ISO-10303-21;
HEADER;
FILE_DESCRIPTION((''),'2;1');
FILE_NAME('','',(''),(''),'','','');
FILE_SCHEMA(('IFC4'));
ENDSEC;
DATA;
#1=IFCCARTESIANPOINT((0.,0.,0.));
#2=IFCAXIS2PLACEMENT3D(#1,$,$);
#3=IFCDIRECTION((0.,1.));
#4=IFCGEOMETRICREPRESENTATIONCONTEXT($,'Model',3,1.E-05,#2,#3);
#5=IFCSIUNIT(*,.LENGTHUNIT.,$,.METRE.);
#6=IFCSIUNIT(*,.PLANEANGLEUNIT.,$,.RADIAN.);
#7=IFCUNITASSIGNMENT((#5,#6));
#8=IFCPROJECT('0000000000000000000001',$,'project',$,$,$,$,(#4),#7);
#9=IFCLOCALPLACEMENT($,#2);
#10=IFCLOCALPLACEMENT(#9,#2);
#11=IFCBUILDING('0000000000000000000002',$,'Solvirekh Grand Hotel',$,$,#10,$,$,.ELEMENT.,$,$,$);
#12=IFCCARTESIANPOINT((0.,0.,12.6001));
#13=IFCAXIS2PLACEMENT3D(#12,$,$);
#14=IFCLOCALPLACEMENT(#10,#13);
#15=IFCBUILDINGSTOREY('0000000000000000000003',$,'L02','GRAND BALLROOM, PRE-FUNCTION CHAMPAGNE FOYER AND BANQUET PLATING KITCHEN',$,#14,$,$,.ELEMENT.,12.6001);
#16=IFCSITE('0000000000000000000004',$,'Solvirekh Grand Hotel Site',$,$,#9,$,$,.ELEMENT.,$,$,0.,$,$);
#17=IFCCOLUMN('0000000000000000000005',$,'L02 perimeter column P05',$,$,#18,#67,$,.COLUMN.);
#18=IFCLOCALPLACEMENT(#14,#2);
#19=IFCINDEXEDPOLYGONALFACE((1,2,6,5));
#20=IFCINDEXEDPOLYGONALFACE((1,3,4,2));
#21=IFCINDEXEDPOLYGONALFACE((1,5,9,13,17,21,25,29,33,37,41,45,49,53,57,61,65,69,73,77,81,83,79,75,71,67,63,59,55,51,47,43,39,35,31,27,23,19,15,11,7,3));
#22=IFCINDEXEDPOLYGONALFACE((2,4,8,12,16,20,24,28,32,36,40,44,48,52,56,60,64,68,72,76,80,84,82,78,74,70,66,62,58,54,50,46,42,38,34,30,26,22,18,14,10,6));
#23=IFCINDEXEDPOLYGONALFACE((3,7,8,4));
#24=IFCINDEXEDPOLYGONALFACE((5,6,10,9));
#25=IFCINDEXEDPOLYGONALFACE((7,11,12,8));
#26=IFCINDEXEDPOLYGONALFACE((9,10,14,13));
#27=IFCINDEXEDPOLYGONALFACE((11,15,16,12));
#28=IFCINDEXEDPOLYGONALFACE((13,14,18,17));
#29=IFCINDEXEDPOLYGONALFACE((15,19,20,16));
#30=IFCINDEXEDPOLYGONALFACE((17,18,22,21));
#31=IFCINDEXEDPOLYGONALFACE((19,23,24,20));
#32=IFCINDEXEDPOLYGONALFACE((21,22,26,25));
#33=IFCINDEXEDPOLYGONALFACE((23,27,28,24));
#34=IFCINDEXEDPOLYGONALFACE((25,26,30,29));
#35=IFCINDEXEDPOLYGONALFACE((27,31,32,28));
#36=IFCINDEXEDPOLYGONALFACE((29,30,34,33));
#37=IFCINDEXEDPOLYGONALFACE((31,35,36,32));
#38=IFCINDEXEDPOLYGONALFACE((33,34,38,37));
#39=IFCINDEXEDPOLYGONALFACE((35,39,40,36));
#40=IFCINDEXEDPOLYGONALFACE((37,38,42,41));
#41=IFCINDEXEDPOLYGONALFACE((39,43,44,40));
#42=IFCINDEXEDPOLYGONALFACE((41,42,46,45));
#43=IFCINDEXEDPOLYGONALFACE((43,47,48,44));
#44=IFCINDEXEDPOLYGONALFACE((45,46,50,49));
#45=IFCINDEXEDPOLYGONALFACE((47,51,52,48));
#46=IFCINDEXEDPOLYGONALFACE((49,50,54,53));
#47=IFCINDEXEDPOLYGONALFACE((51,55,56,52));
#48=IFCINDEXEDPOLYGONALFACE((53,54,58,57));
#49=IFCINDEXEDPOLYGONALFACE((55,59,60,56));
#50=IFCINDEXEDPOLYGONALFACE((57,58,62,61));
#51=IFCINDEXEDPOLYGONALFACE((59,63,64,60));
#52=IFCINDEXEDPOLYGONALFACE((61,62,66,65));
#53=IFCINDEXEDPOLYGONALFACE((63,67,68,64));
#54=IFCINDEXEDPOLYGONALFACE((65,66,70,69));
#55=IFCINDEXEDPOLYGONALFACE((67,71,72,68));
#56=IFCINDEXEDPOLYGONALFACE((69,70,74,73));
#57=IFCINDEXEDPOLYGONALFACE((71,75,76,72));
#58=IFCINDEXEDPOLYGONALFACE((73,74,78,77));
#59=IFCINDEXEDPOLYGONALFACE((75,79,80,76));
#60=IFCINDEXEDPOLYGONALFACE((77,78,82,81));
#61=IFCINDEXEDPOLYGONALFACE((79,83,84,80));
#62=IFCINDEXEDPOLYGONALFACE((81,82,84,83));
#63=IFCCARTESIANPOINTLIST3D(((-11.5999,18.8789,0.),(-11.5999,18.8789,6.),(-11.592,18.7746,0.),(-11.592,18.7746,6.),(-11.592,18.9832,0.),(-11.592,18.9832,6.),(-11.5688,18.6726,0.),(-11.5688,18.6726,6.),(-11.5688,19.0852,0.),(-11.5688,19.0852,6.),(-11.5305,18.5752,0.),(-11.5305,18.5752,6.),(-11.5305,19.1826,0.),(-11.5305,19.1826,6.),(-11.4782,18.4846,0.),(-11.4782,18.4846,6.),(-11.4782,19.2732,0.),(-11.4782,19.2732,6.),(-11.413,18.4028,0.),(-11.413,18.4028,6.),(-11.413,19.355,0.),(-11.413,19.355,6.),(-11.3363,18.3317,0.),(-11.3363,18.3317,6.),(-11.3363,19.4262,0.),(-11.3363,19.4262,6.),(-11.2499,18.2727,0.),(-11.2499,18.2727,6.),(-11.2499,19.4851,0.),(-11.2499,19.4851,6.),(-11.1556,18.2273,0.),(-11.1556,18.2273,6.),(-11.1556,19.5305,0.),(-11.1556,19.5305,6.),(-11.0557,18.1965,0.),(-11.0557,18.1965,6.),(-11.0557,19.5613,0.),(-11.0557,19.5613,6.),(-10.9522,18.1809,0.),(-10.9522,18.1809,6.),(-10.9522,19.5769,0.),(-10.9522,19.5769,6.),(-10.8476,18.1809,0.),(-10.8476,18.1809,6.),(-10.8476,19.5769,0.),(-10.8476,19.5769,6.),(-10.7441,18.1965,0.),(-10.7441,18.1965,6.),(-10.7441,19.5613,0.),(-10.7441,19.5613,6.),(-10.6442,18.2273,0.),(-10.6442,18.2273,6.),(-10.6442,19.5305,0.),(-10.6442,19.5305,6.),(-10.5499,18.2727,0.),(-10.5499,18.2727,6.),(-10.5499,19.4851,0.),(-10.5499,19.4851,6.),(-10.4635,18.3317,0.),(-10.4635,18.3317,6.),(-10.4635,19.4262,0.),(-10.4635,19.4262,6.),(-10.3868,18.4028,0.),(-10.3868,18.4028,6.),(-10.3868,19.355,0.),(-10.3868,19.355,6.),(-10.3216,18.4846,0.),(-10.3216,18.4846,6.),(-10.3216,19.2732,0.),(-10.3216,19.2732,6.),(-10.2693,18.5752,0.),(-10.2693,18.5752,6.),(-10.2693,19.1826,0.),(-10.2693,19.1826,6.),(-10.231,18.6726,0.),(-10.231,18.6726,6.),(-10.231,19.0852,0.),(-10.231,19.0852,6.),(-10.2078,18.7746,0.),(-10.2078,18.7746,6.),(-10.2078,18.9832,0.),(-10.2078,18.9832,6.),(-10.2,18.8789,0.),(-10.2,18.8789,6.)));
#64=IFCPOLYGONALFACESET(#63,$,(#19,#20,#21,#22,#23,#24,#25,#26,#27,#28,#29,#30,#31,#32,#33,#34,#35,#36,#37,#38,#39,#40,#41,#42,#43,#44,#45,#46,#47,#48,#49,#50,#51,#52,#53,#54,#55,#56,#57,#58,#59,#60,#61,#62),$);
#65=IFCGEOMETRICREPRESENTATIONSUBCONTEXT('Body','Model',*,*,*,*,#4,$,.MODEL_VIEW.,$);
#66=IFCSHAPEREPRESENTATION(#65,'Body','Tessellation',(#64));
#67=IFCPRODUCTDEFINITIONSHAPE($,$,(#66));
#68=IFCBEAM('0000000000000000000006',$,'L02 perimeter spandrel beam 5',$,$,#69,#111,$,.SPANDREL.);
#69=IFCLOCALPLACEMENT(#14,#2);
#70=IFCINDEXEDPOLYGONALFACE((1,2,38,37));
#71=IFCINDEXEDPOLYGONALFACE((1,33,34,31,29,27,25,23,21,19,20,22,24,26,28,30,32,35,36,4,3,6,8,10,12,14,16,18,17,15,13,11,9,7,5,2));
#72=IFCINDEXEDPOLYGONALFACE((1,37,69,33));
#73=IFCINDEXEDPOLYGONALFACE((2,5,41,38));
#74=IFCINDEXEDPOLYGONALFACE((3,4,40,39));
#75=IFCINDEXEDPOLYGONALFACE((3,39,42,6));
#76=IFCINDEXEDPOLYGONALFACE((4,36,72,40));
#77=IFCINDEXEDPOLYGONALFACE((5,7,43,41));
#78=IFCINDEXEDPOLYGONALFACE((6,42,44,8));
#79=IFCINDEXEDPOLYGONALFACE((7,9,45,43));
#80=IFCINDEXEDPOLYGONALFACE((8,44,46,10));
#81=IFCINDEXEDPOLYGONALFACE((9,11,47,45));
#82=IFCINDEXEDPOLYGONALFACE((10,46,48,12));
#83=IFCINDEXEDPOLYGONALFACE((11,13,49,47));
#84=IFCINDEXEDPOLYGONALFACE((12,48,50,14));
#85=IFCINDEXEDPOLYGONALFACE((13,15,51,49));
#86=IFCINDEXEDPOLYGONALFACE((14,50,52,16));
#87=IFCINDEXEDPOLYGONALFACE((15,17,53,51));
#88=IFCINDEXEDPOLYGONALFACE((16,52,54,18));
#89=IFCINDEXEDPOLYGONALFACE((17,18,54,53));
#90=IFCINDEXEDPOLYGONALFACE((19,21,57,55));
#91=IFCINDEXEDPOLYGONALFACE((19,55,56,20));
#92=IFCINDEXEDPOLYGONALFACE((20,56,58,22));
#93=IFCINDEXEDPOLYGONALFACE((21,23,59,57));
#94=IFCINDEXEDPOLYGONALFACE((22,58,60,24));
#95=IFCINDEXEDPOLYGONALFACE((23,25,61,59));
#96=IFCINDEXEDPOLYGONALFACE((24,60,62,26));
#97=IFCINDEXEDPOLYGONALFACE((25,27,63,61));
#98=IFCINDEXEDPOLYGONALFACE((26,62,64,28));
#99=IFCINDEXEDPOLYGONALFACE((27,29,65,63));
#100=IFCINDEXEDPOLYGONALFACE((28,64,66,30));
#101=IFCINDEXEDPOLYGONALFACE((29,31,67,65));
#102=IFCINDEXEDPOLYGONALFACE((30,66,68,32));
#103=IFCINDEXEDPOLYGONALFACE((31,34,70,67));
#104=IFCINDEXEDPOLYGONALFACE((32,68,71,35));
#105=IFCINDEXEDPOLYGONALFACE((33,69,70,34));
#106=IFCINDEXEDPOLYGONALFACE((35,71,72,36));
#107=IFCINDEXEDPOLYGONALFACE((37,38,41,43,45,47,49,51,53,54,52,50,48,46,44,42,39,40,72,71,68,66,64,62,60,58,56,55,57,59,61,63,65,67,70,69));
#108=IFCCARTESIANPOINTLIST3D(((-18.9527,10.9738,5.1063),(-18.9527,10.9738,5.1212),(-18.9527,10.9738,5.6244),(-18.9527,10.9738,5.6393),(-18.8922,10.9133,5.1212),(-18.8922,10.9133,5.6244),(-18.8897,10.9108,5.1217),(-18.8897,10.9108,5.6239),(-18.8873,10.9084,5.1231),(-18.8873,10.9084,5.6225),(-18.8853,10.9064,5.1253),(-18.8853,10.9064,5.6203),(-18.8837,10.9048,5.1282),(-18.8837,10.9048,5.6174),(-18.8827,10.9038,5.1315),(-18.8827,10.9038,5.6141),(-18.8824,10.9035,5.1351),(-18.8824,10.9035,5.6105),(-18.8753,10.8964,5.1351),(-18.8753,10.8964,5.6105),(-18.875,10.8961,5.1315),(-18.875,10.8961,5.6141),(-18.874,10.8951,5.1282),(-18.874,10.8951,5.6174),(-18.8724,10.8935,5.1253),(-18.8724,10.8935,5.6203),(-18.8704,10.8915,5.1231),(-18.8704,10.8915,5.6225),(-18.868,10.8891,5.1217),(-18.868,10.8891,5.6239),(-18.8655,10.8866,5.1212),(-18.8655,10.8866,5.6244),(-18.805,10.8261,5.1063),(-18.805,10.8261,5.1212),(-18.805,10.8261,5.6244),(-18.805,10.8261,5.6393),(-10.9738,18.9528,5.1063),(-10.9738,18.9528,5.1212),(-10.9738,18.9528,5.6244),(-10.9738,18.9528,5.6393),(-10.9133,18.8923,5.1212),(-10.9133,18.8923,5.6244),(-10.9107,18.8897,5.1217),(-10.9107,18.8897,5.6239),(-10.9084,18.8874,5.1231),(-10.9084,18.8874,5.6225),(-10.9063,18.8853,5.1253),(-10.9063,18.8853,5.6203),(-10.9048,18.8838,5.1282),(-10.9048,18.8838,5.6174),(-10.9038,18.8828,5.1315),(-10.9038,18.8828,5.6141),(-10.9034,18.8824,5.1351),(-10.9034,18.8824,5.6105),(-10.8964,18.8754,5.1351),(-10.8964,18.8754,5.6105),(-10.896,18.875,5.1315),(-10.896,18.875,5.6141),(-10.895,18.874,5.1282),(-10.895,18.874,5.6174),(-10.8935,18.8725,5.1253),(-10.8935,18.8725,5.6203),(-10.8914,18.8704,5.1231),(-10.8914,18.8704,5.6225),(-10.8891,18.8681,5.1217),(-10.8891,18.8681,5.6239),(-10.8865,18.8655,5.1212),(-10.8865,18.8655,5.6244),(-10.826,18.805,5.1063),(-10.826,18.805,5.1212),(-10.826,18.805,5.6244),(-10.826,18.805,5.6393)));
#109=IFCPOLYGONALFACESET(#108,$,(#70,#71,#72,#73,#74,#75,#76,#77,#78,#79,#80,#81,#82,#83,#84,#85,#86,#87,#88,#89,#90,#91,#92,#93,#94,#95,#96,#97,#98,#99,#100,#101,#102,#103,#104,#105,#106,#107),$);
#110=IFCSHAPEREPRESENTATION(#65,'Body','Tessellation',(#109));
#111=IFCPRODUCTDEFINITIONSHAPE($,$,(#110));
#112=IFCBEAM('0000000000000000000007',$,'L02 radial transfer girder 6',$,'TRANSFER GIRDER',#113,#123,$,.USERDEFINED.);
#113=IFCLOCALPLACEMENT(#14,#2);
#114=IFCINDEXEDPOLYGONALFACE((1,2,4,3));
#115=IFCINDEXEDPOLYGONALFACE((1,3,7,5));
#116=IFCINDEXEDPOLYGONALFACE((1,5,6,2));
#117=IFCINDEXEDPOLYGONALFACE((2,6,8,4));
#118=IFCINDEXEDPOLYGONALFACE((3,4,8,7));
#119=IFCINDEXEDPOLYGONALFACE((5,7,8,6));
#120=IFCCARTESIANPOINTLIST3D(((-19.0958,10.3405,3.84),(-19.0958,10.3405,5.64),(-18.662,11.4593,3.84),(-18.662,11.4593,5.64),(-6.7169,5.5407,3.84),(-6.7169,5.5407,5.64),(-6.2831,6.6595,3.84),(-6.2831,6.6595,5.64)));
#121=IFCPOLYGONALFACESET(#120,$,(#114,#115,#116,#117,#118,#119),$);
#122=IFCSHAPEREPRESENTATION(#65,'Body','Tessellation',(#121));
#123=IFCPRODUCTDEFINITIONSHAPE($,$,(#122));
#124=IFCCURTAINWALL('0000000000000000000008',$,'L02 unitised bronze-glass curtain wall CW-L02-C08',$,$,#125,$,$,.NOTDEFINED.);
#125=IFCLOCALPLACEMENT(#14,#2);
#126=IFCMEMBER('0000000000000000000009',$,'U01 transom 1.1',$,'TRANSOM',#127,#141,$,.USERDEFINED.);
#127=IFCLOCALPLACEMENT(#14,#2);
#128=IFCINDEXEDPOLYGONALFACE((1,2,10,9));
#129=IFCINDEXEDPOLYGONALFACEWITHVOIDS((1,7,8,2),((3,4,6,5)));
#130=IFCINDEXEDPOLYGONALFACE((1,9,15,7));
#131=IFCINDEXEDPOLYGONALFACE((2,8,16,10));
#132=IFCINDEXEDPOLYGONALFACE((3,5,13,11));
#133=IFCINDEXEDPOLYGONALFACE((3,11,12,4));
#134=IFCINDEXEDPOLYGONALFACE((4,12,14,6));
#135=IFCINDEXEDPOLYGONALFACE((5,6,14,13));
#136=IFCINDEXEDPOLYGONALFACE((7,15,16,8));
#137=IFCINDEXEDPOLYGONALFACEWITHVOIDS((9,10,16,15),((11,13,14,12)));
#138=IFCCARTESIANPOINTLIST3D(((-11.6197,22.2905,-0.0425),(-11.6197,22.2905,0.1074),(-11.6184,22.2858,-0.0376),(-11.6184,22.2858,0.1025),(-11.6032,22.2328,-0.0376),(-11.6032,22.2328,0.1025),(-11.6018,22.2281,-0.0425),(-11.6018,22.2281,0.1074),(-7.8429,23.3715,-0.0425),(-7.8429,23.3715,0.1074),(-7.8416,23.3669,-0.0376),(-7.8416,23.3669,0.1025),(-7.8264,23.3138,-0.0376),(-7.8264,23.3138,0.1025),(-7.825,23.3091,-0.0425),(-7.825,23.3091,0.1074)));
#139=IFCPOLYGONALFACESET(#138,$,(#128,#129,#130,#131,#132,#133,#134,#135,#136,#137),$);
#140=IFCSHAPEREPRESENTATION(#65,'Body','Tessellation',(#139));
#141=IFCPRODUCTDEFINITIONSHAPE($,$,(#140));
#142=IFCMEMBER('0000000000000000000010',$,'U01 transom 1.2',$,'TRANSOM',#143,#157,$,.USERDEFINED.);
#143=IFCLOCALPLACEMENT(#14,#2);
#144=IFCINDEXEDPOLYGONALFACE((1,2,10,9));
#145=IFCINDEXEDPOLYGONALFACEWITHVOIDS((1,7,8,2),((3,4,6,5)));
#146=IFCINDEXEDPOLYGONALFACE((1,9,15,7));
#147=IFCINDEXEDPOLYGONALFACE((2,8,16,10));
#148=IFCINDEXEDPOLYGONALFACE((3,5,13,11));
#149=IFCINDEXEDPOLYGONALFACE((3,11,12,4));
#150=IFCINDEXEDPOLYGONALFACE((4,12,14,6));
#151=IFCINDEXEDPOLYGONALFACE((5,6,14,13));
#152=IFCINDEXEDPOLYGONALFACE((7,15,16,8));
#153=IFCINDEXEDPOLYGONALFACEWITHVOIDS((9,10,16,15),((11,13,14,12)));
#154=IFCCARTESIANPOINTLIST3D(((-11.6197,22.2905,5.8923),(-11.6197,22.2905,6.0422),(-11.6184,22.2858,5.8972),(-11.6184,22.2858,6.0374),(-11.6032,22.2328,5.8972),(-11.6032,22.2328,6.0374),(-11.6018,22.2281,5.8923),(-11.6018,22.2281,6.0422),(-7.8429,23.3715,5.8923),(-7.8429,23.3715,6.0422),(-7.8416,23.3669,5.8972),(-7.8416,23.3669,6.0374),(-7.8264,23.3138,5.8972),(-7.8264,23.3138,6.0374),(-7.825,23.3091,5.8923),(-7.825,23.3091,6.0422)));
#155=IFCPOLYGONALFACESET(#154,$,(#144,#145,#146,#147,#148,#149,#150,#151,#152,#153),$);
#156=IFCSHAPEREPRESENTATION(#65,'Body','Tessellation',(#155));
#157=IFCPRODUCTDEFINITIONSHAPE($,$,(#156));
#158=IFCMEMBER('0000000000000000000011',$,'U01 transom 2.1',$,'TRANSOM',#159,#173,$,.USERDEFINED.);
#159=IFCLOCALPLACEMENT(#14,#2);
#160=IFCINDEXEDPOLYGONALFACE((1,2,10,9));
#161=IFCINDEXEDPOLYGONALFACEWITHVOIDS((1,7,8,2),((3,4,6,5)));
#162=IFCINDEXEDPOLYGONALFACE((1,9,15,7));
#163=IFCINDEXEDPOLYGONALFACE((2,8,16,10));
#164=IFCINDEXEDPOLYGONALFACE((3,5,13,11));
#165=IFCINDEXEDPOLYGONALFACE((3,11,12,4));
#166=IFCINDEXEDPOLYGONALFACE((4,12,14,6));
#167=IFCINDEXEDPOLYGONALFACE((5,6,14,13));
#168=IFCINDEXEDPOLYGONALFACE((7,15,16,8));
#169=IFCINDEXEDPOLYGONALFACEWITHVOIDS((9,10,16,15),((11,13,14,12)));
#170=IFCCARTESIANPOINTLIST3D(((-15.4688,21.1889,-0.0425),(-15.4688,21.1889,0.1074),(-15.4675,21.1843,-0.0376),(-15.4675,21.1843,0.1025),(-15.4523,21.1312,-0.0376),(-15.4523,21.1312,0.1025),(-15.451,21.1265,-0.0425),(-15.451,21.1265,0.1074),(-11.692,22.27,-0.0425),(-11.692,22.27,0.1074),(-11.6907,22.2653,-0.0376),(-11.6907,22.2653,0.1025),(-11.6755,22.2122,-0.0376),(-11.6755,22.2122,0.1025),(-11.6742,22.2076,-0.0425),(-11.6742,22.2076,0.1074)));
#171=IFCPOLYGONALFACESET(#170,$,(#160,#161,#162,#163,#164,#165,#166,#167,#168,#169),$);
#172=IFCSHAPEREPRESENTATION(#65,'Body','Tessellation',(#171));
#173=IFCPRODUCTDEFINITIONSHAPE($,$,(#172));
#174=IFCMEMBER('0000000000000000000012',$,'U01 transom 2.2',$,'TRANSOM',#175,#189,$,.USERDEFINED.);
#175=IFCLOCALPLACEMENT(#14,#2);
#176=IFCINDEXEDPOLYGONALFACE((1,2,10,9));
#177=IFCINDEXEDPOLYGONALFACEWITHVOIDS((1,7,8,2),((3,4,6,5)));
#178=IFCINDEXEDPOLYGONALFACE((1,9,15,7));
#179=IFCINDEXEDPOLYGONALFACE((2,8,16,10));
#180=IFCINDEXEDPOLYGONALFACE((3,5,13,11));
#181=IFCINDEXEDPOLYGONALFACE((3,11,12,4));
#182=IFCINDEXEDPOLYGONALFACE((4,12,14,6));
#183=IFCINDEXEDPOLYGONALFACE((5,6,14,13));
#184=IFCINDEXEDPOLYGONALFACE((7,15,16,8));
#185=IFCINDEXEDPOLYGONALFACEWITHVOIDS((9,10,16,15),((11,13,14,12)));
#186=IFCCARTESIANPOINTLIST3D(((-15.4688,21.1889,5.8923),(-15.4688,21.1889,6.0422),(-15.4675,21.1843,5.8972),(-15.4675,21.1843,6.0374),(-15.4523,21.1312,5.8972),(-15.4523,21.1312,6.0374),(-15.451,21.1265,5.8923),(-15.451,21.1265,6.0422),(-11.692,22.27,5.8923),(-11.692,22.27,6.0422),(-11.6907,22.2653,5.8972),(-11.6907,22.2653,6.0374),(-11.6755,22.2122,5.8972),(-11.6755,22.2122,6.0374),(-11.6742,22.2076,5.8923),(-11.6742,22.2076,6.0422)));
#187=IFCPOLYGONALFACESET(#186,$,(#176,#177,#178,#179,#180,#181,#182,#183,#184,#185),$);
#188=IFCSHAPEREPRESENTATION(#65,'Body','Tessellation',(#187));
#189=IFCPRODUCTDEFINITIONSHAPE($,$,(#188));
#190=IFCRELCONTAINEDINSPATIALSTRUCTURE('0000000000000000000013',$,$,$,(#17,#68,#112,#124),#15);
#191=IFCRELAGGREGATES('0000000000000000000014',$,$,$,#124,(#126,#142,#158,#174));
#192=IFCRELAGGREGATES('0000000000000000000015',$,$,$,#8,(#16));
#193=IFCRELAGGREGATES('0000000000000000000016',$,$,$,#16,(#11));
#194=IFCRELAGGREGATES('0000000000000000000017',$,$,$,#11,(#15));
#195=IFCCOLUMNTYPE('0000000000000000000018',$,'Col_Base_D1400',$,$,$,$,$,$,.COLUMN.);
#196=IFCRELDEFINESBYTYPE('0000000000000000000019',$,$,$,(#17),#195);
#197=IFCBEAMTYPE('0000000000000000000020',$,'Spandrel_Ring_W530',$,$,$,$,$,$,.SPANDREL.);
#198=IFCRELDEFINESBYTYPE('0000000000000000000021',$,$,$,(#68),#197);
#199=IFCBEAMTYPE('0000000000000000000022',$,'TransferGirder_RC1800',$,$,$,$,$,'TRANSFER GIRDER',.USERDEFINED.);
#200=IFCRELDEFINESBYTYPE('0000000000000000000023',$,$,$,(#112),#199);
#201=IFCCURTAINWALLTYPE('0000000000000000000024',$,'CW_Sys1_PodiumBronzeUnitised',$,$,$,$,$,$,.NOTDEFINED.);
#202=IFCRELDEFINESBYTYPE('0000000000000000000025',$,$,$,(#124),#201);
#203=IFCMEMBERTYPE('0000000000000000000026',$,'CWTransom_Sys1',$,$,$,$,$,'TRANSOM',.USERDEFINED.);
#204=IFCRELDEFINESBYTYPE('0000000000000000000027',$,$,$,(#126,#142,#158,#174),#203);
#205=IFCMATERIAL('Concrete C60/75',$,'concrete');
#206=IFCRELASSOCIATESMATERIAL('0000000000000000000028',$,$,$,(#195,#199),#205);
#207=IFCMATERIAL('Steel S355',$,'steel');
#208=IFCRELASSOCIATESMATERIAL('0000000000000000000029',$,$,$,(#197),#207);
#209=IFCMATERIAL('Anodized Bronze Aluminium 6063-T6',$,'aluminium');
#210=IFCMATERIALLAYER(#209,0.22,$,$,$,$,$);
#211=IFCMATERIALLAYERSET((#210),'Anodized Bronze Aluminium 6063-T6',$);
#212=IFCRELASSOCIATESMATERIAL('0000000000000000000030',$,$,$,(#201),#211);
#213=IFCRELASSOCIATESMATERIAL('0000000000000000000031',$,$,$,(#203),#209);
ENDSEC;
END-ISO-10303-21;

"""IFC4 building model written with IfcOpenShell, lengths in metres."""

from ifc_helpers import new_model, si_unit, direction, frame, origin, origin_2d, place, context, subcontext, project, spatial, rectangle, hollow_rectangle, circle, i_section, extrude, source, transform, mapped, material, layer, layer_set, material_profile, profile_set, type_object, element, aggregate, save


model = new_model("IFC4")

# Units and contexts
model_context = context("Model", 3, precision=1e-05, world=origin(), true_north=direction((0.0, 1.0)))
body_context = subcontext(model_context, "Body", "Model", "MODEL_VIEW")
ifc_project = project(units=[si_unit("LENGTHUNIT", "METRE"), si_unit("PLANEANGLEUNIT", "RADIAN")], contexts=[model_context])

# Site, building, storey
site_placement = place(None, origin())
site = spatial("IfcSite", under=ifc_project, at=site_placement, Name="Solvirekh Grand Hotel Site", CompositionType="ELEMENT", RefElevation=0.0)
building_placement = place(site_placement, origin())
building = spatial("IfcBuilding", under=site, at=building_placement, Name="Solvirekh Grand Hotel", CompositionType="ELEMENT")
storey_placement = place(building_placement, frame((0.0, 0.0, 12.6001)))
storey = spatial("IfcBuildingStorey", under=building, at=storey_placement, Name="L02", Description="GRAND BALLROOM, PRE-FUNCTION CHAMPAGNE FOYER AND BANQUET PLATING KITCHEN", CompositionType="ELEMENT", Elevation=12.6001)

# Column
ifc_material_1 = material(Name="Concrete C60/75", Category="concrete")
ifc_material_profile_1 = material_profile(ifc_material_1, circle(Radius=0.7, at=origin_2d()), Name="RC CIRC D1400")
ifc_profile_set_1 = profile_set([ifc_material_profile_1], Name="Concrete C60/75")
column_type = type_object("IfcColumnType", Name="Col_Base_D1400", PredefinedType="COLUMN", material=ifc_profile_set_1)
column_placement = place(storey_placement, frame((-10.8999, 18.8789, 0.0), z_axis=(0.0, 0.0, 1.0), x_axis=(1.0, 0.0, 0.0)))
element("IfcColumn", 1, at=column_placement, inside=storey, type_object=column_type, Name="L02 perimeter column P05", PredefinedType="COLUMN", context=body_context, shape_type="SweptSolid", body=[
    extrude(circle(Radius=0.7, at=origin_2d()), origin(), (0.0, 0.0, 1.0), 6.0),
])

# Beams
ifc_material_2 = material(Name="Steel S355", Category="steel")
ifc_material_profile_2 = material_profile(ifc_material_2, i_section(OverallWidth=0.209, OverallDepth=0.533, WebThickness=0.01, FlangeThickness=0.0149, FilletRadius=0.0139, at=origin_2d()), Name="W530X92")
ifc_profile_set_2 = profile_set([ifc_material_profile_2], Name="Steel S355")
beam_type_1 = type_object("IfcBeamType", Name="Spandrel_Ring_W530", PredefinedType="SPANDREL", material=ifc_profile_set_2)
beam_1_placement = place(storey_placement, frame((-10.8999, 18.8789, 5.3728), z_axis=(-0.707107, -0.707107, 0.0), x_axis=(0.707107, -0.707107, 0.0)))
element("IfcBeam", 2, at=beam_1_placement, inside=storey, type_object=beam_type_1, Name="L02 perimeter spandrel beam 5", PredefinedType="SPANDREL", context=body_context, shape_type="SweptSolid", body=[
    extrude(i_section(OverallWidth=0.209, OverallDepth=0.533, WebThickness=0.01, FlangeThickness=0.0149, FilletRadius=0.0139, at=origin_2d()), origin(), (0.0, 0.0, 1.0), 11.2839),
])
ifc_material_profile_3 = material_profile(ifc_material_1, rectangle(XDim=1.2, YDim=1.8, at=origin_2d()), Name="RC GIRDER 1200X1800")
ifc_profile_set_3 = profile_set([ifc_material_profile_3], Name="Concrete C60/75")
beam_type_2 = type_object("IfcBeamType", Name="TransferGirder_RC1800", ElementType="TRANSFER GIRDER", PredefinedType="USERDEFINED", material=ifc_profile_set_3)
beam_2_placement = place(storey_placement, frame((-6.5, 6.1001, 4.74), z_axis=(-0.932366, 0.361516, 0.0), x_axis=(-0.361516, -0.932366, 0.0)))
element("IfcBeam", 3, at=beam_2_placement, inside=storey, type_object=beam_type_2, Name="L02 radial transfer girder 6", ObjectType="TRANSFER GIRDER", PredefinedType="USERDEFINED", context=body_context, shape_type="SweptSolid", body=[
    extrude(rectangle(XDim=1.2, YDim=1.8, at=origin_2d()), origin(), (0.0, 0.0, 1.0), 13.2769),
])

# Curtain wall, members
ifc_material_3 = material(Name="Anodized Bronze Aluminium 6063-T6", Category="aluminium")
ifc_layer_1 = layer(ifc_material_3, 0.22)
ifc_layer_set_1 = layer_set([ifc_layer_1], Name="Anodized Bronze Aluminium 6063-T6")
curtain_wall_type = type_object("IfcCurtainWallType", Name="CW_Sys1_PodiumBronzeUnitised", PredefinedType="NOTDEFINED", material=ifc_layer_set_1)
curtain_wall_placement = place(storey_placement, origin())
curtain_wall = element("IfcCurtainWall", 4, at=curtain_wall_placement, inside=storey, type_object=curtain_wall_type, Name="L02 unitised bronze-glass curtain wall CW-L02-C08", PredefinedType="NOTDEFINED")
ifc_material_profile_4 = material_profile(ifc_material_3, hollow_rectangle(XDim=0.0649, YDim=0.1499, WallThickness=0.0049, at=origin_2d()), Name="ALU RHS 150X65X5")
ifc_profile_set_4 = profile_set([ifc_material_profile_4], Name="Anodized Bronze Aluminium 6063-T6")
member_type_1 = type_object("IfcMemberType", Name="CWTransom_Sys1", ElementType="TRANSOM", PredefinedType="USERDEFINED", material=ifc_profile_set_4)
shared_shape_1 = source(origin(), body_context, "Body", "SweptSolid", [
    extrude(hollow_rectangle(XDim=0.0649, YDim=0.1499, WallThickness=0.0049, at=origin_2d()), origin(), (0.0, 0.0, 1.0), 3.9285),
])
member_1_placement = place(storey_placement, frame((-7.834, 23.3403, 0.0325), z_axis=(-0.961393, -0.275181, 0.0), x_axis=(0.275181, -0.961393, 0.0)))
member_1 = element("IfcMember", 5, at=member_1_placement, type_object=member_type_1, Name="U01 transom 1.1", ObjectType="TRANSOM", PredefinedType="USERDEFINED", context=body_context, shape_type="MappedRepresentation", body=[
    mapped(shared_shape_1, transform((0.0, 0.0, 0.0), x_axis=(1.0, 0.0, 0.0), y_axis=(0.0, 1.0, 0.0), z_axis=(0.0, 0.0, 1.0), scale=1.0)),
])
member_2_placement = place(storey_placement, frame((-7.834, 23.3403, 5.9673), z_axis=(-0.961393, -0.275181, 0.0), x_axis=(0.275181, -0.961393, 0.0)))
member_2 = element("IfcMember", 6, at=member_2_placement, type_object=member_type_1, Name="U01 transom 1.2", ObjectType="TRANSOM", PredefinedType="USERDEFINED", context=body_context, shape_type="MappedRepresentation", body=[
    mapped(shared_shape_1, transform((0.0, 0.0, 0.0), x_axis=(1.0, 0.0, 0.0), y_axis=(0.0, 1.0, 0.0), z_axis=(0.0, 0.0, 1.0), scale=1.0)),
])
member_3_placement = place(storey_placement, frame((-11.6831, 22.2388, 0.0325), z_axis=(-0.961393, -0.275181, 0.0), x_axis=(0.275181, -0.961393, 0.0)))
member_3 = element("IfcMember", 7, at=member_3_placement, type_object=member_type_1, Name="U01 transom 2.1", ObjectType="TRANSOM", PredefinedType="USERDEFINED", context=body_context, shape_type="MappedRepresentation", body=[
    mapped(shared_shape_1, transform((0.0, 0.0, 0.0), x_axis=(1.0, 0.0, 0.0), y_axis=(0.0, 1.0, 0.0), z_axis=(0.0, 0.0, 1.0), scale=1.0)),
])
member_4_placement = place(storey_placement, frame((-11.6831, 22.2388, 5.9673), z_axis=(-0.961393, -0.275181, 0.0), x_axis=(0.275181, -0.961393, 0.0)))
member_4 = element("IfcMember", 8, at=member_4_placement, type_object=member_type_1, Name="U01 transom 2.2", ObjectType="TRANSOM", PredefinedType="USERDEFINED", context=body_context, shape_type="MappedRepresentation", body=[
    mapped(shared_shape_1, transform((0.0, 0.0, 0.0), x_axis=(1.0, 0.0, 0.0), y_axis=(0.0, 1.0, 0.0), z_axis=(0.0, 0.0, 1.0), scale=1.0)),
])
aggregate(curtain_wall, [member_1, member_2, member_3, member_4])

save(model, "model.ifc")
